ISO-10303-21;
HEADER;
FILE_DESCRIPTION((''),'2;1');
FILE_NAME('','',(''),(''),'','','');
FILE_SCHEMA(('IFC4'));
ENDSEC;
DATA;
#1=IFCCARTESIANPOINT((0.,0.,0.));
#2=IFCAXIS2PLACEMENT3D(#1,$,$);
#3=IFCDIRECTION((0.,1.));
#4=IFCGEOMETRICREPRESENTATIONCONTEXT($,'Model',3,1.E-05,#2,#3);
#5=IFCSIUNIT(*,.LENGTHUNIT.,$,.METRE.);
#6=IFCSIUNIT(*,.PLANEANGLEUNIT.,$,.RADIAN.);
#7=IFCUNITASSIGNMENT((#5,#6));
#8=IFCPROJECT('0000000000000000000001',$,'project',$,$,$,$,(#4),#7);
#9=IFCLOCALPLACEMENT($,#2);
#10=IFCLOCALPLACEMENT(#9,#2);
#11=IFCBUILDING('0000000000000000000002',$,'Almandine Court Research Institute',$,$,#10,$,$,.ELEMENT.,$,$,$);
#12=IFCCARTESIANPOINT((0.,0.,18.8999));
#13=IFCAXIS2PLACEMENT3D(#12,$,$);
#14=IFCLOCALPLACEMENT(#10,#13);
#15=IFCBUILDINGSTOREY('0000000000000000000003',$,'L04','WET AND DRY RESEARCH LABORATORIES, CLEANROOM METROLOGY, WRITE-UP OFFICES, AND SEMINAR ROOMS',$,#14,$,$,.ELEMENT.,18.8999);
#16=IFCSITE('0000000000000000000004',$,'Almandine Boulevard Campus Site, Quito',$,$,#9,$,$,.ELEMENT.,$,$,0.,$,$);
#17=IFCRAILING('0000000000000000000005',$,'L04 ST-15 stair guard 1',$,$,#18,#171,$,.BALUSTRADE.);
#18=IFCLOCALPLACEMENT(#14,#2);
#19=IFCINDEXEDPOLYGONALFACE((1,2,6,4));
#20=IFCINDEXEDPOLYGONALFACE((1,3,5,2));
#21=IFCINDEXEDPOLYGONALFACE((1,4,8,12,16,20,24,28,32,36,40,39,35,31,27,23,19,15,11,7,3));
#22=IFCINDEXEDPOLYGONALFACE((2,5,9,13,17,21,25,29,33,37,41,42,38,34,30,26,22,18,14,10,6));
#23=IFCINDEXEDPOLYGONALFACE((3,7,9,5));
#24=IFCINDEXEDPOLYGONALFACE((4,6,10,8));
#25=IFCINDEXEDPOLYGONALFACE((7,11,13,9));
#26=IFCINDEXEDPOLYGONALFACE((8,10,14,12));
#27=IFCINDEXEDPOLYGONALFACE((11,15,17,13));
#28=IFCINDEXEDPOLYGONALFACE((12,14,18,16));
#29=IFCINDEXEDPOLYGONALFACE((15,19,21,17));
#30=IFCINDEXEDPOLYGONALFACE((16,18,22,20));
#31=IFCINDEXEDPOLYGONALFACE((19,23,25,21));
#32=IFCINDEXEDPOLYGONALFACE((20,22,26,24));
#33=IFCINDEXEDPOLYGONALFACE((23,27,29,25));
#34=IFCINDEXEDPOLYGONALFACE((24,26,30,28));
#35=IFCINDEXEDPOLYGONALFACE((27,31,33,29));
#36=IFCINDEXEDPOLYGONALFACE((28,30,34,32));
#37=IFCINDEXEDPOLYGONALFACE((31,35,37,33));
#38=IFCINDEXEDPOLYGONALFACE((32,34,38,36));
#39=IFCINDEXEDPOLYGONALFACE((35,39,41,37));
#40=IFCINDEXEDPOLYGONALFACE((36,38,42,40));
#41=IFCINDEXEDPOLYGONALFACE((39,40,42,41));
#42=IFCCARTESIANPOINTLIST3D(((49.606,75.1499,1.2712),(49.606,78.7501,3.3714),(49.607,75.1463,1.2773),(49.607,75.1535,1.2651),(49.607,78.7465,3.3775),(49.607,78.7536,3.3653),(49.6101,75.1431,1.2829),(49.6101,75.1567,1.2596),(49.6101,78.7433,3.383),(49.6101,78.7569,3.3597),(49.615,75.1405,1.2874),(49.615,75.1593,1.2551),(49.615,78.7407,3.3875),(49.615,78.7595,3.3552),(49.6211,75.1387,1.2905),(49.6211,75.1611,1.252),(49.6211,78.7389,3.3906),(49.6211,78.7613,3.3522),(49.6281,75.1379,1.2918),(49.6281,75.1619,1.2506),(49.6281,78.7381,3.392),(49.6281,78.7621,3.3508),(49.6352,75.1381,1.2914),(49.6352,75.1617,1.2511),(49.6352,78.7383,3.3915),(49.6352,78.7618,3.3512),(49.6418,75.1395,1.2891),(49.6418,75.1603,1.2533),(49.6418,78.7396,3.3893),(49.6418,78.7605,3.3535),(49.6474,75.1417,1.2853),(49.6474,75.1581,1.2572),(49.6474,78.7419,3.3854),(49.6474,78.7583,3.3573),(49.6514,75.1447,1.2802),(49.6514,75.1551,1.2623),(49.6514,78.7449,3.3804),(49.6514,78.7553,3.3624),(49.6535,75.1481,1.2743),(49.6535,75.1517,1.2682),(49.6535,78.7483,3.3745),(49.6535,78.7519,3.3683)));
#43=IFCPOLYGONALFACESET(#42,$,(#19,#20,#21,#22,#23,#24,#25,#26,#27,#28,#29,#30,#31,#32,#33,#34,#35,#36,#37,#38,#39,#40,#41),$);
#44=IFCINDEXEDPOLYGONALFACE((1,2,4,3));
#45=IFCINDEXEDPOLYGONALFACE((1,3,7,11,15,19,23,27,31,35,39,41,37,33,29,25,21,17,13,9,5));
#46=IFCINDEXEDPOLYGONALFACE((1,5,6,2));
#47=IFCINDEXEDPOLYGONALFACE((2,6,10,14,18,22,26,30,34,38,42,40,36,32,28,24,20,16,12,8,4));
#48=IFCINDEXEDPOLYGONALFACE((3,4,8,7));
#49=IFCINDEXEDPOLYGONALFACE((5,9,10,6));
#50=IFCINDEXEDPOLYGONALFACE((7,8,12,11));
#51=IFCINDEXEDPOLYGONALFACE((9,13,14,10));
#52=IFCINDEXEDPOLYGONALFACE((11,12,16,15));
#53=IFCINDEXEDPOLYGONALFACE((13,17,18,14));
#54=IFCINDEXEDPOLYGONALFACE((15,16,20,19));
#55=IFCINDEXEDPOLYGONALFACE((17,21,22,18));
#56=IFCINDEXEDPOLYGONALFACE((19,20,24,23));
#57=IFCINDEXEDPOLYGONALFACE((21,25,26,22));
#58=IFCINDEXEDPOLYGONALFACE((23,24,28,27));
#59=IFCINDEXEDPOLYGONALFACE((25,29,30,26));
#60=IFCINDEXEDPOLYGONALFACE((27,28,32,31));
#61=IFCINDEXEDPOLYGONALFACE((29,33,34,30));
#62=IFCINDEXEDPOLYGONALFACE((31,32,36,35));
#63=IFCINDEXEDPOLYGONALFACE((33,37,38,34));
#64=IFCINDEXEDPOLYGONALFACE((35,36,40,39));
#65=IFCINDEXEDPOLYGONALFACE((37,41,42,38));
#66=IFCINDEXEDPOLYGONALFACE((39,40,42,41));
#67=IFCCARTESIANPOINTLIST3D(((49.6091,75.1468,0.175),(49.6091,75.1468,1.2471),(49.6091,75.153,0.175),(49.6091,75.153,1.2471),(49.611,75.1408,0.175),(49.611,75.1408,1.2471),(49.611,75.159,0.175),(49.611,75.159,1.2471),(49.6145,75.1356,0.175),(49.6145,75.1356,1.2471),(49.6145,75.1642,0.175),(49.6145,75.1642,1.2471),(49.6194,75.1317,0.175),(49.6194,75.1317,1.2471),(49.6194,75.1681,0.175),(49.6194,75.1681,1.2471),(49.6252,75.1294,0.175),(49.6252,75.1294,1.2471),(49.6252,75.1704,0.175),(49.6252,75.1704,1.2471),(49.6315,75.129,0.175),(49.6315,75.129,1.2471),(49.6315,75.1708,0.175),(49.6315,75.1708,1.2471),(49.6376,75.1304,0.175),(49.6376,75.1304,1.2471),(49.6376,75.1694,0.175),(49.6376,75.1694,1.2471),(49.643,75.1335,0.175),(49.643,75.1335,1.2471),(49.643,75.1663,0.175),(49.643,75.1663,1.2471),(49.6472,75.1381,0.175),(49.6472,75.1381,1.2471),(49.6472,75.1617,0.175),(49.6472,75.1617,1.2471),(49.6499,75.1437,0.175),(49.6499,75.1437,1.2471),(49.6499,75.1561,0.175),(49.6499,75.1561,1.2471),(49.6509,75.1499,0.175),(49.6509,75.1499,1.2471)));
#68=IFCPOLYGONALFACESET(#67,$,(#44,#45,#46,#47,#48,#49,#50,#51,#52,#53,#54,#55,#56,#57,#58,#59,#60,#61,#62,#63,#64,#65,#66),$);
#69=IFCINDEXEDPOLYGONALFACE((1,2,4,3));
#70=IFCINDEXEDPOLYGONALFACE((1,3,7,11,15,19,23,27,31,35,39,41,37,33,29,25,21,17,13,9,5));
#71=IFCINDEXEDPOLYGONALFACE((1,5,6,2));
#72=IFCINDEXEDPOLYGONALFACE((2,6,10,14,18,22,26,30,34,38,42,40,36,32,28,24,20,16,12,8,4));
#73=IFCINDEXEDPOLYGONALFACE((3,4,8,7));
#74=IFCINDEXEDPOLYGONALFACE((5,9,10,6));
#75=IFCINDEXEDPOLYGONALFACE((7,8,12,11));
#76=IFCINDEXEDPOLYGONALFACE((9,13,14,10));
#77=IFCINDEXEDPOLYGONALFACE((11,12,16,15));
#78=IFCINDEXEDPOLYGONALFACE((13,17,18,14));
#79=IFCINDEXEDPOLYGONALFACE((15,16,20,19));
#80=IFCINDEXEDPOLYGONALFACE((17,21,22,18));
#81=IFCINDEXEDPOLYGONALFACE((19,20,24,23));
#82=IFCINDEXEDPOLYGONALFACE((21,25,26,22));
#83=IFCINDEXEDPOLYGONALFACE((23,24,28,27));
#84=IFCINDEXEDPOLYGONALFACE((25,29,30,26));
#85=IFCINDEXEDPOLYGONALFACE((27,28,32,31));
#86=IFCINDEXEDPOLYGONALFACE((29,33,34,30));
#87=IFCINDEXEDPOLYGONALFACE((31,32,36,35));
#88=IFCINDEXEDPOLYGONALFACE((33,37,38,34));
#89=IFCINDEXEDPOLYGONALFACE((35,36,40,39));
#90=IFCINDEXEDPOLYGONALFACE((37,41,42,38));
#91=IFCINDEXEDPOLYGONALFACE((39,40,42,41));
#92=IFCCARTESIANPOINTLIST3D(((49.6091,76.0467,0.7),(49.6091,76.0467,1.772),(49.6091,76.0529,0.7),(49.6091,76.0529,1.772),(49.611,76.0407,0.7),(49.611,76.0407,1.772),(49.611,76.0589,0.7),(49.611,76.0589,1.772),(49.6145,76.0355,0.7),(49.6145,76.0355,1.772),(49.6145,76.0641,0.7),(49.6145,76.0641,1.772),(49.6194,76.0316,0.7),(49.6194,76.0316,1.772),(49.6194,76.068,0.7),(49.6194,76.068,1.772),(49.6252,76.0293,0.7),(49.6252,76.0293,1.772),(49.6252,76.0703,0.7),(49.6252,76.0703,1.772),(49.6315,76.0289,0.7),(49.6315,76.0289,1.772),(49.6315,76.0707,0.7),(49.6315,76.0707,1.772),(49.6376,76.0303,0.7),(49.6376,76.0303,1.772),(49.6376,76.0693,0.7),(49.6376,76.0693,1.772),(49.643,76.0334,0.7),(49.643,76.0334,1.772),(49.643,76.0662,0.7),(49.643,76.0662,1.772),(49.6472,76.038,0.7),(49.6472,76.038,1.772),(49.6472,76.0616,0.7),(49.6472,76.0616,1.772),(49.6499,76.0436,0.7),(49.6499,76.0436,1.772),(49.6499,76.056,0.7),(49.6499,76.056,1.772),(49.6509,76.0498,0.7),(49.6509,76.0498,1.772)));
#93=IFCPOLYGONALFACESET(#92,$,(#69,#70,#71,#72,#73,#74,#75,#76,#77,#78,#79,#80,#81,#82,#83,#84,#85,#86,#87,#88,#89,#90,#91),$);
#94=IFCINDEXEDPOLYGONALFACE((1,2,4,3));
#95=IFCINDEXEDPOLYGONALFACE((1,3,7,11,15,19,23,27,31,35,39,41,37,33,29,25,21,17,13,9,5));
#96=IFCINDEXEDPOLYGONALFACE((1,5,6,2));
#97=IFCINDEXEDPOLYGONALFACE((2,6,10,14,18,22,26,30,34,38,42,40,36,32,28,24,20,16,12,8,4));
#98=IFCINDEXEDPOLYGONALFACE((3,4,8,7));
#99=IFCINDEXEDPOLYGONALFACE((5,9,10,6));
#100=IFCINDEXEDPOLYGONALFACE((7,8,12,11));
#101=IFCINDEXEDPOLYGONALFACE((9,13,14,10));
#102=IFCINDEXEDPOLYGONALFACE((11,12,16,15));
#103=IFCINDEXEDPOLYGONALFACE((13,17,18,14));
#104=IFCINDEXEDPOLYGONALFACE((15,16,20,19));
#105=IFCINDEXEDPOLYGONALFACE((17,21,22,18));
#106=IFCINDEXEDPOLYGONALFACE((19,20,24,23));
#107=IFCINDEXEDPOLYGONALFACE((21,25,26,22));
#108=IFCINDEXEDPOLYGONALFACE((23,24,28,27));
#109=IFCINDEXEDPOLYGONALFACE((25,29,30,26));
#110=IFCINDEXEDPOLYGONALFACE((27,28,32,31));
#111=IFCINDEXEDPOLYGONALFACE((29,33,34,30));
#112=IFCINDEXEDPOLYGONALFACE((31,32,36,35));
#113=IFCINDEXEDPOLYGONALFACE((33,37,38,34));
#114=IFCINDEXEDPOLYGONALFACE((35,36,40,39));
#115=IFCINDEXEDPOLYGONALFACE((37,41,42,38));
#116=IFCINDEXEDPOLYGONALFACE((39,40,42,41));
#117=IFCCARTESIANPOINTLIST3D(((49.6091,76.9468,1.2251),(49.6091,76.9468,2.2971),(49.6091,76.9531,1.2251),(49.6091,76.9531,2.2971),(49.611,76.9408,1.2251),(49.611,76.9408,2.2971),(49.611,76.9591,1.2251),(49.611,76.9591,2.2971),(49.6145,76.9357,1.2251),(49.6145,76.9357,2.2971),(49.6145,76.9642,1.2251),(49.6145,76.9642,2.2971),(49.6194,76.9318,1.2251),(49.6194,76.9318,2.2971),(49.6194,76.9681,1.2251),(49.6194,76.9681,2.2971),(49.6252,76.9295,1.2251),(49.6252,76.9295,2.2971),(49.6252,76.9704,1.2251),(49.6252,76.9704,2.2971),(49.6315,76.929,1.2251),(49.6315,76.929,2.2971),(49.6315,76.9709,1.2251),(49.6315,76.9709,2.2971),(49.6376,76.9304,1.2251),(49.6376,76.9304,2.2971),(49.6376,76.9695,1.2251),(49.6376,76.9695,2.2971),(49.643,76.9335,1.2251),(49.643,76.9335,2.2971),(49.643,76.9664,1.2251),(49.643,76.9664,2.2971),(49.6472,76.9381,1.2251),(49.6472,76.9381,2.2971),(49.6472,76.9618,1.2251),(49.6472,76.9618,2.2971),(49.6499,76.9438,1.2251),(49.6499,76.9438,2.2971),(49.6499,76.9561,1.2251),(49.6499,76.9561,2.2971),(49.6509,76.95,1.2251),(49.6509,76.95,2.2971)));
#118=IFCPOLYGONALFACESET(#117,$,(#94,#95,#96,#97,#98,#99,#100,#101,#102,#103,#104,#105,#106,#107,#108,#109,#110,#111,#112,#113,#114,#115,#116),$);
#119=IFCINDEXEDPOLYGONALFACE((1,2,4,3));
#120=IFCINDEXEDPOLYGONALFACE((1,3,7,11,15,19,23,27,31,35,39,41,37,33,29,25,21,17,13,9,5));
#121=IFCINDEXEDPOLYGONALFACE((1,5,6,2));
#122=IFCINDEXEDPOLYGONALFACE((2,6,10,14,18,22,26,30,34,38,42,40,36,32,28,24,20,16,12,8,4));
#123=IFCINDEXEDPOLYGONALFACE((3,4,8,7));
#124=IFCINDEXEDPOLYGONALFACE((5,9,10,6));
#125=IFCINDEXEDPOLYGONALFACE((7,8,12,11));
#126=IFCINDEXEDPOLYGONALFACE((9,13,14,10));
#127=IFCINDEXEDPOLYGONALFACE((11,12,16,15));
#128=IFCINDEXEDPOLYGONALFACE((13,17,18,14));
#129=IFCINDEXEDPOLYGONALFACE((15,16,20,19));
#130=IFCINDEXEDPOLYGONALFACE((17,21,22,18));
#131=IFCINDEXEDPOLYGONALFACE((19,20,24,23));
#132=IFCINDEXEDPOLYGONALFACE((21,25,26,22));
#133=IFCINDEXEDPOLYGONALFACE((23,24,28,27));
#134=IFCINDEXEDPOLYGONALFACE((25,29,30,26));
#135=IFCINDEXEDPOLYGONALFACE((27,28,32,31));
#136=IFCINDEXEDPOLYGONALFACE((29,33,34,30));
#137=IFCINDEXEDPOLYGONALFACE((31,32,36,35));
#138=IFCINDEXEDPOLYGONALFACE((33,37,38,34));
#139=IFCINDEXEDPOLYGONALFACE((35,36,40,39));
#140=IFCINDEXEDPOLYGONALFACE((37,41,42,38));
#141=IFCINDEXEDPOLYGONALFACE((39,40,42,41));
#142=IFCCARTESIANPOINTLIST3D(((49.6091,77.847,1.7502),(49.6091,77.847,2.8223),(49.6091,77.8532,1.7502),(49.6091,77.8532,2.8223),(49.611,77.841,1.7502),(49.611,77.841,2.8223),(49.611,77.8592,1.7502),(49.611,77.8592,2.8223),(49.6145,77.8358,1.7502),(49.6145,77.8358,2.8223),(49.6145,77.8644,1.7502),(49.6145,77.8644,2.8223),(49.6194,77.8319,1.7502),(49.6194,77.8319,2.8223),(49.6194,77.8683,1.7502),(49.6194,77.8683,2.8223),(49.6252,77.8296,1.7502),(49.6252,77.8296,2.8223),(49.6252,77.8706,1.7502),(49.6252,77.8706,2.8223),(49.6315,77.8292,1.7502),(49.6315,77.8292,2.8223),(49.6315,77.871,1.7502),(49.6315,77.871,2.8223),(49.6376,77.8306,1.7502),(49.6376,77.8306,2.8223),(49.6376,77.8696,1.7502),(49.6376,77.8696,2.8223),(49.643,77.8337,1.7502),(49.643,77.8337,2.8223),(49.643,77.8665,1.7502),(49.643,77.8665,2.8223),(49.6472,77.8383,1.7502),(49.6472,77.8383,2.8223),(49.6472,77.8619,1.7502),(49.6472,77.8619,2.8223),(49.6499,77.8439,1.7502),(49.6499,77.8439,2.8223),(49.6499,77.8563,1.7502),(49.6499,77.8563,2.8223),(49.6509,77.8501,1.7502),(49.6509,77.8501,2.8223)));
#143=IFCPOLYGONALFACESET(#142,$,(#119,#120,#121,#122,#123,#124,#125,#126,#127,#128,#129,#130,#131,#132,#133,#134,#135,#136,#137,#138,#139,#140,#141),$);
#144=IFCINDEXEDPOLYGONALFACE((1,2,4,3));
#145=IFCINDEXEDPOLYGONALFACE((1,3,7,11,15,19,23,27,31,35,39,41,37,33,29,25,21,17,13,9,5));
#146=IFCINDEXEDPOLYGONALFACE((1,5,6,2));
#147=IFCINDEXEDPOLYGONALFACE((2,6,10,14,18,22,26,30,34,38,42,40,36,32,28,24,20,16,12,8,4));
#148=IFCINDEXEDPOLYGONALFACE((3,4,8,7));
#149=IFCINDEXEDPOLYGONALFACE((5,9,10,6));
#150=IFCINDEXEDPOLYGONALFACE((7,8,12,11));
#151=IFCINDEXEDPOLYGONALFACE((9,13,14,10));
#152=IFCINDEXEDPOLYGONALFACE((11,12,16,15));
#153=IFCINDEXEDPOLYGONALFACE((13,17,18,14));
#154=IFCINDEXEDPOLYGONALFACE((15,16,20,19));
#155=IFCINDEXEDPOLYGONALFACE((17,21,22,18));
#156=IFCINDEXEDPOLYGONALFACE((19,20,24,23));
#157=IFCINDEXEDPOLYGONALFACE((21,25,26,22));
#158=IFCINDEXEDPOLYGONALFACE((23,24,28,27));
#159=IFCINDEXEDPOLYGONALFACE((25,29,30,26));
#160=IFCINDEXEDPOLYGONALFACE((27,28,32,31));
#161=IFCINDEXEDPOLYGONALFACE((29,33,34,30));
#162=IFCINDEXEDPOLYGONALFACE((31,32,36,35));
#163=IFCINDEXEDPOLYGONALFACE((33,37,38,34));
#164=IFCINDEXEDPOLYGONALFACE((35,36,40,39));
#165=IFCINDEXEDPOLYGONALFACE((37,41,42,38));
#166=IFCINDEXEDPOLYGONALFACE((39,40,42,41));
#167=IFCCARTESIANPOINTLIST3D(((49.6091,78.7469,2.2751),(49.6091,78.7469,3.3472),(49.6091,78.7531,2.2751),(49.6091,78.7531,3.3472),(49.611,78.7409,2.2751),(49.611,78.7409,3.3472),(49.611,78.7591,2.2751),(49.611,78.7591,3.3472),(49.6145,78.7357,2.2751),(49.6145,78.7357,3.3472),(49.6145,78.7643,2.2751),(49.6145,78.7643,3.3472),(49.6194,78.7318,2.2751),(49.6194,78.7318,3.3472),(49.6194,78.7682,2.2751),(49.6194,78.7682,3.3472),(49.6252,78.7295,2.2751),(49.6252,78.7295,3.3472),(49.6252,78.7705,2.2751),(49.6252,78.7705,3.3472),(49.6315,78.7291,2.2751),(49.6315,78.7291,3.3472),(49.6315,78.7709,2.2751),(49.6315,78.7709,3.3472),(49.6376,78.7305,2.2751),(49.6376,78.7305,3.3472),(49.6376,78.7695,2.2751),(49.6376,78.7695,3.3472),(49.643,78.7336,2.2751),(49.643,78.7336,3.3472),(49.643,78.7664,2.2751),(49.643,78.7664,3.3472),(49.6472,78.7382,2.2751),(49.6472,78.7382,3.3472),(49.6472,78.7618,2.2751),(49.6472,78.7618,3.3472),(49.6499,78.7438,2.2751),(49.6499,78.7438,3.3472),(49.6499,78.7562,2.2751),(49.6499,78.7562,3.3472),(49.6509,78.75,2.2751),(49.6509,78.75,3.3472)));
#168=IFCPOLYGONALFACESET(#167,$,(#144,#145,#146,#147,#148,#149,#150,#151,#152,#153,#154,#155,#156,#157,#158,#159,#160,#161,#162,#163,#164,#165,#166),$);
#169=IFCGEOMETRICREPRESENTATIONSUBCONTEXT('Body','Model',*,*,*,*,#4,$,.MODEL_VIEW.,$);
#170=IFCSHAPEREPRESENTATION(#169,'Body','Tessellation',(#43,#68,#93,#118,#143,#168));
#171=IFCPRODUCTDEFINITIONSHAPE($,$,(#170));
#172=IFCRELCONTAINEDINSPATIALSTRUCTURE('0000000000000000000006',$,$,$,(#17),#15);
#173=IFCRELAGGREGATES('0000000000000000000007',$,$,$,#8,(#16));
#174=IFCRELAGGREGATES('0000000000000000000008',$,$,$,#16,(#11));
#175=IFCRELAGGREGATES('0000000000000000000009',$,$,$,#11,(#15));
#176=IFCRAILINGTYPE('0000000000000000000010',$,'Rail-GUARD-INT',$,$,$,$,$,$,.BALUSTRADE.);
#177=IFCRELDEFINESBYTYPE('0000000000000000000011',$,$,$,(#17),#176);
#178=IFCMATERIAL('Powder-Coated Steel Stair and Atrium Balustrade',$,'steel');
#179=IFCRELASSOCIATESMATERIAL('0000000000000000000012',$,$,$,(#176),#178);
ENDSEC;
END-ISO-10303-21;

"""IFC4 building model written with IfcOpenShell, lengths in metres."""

from ifc_helpers import new_model, si_unit, direction, frame, origin, origin_2d, place, context, subcontext, project, spatial, circle, extrude, material, type_object, element, save


model = new_model("IFC4")

# Units and contexts
model_context = context("Model", 3, precision=1e-05, world=origin(), true_north=direction((0.0, 1.0)))
body_context = subcontext(model_context, "Body", "Model", "MODEL_VIEW")
ifc_project = project(units=[si_unit("LENGTHUNIT", "METRE"), si_unit("PLANEANGLEUNIT", "RADIAN")], contexts=[model_context])

# Site, building, storey
site_placement = place(None, origin())
site = spatial("IfcSite", under=ifc_project, at=site_placement, Name="Almandine Boulevard Campus Site, Quito", CompositionType="ELEMENT", RefElevation=0.0)
building_placement = place(site_placement, origin())
building = spatial("IfcBuilding", under=site, at=building_placement, Name="Almandine Court Research Institute", CompositionType="ELEMENT")
storey_placement = place(building_placement, frame((0.0, 0.0, 18.8999)))
storey = spatial("IfcBuildingStorey", under=building, at=storey_placement, Name="L04", Description="WET AND DRY RESEARCH LABORATORIES, CLEANROOM METROLOGY, WRITE-UP OFFICES, AND SEMINAR ROOMS", CompositionType="ELEMENT", Elevation=18.8999)

# Railing
ifc_material_1 = material(Name="Powder-Coated Steel Stair and Atrium Balustrade", Category="steel")
railing_type_1 = type_object("IfcRailingType", Name="Rail-GUARD-INT", PredefinedType="BALUSTRADE", material=ifc_material_1)
railing_1_placement = place(storey_placement, frame((49.6299, 75.1499, 0.175)))
element("IfcRailing", 1, at=railing_1_placement, inside=storey, type_object=railing_type_1, Name="L04 ST-15 stair guard 1", PredefinedType="BALUSTRADE", context=body_context, shape_type="SweptSolid", body=[
    extrude(circle(Radius=0.0239, at=origin_2d()), frame((0.0, 0.0, 1.0962), z_axis=(0.0, 0.863775, 0.503878), x_axis=(-1.0, 0.0, 0.0)), (0.0, 0.0, 1.0), 4.168),
    extrude(circle(Radius=0.021, at=origin_2d()), origin(), (0.0, 0.0, 1.0), 1.072),
    extrude(circle(Radius=0.021, at=origin_2d()), frame((0.0, 0.8999, 0.5249)), (0.0, 0.0, 1.0), 1.072),
    extrude(circle(Radius=0.021, at=origin_2d()), frame((0.0, 1.8, 1.05)), (0.0, 0.0, 1.0), 1.072),
    extrude(circle(Radius=0.021, at=origin_2d()), frame((0.0, 2.7002, 1.5752)), (0.0, 0.0, 1.0), 1.072),
    extrude(circle(Radius=0.021, at=origin_2d()), frame((0.0, 3.6001, 2.1001)), (0.0, 0.0, 1.0), 1.072),
])

save(model, "model.ifc")
